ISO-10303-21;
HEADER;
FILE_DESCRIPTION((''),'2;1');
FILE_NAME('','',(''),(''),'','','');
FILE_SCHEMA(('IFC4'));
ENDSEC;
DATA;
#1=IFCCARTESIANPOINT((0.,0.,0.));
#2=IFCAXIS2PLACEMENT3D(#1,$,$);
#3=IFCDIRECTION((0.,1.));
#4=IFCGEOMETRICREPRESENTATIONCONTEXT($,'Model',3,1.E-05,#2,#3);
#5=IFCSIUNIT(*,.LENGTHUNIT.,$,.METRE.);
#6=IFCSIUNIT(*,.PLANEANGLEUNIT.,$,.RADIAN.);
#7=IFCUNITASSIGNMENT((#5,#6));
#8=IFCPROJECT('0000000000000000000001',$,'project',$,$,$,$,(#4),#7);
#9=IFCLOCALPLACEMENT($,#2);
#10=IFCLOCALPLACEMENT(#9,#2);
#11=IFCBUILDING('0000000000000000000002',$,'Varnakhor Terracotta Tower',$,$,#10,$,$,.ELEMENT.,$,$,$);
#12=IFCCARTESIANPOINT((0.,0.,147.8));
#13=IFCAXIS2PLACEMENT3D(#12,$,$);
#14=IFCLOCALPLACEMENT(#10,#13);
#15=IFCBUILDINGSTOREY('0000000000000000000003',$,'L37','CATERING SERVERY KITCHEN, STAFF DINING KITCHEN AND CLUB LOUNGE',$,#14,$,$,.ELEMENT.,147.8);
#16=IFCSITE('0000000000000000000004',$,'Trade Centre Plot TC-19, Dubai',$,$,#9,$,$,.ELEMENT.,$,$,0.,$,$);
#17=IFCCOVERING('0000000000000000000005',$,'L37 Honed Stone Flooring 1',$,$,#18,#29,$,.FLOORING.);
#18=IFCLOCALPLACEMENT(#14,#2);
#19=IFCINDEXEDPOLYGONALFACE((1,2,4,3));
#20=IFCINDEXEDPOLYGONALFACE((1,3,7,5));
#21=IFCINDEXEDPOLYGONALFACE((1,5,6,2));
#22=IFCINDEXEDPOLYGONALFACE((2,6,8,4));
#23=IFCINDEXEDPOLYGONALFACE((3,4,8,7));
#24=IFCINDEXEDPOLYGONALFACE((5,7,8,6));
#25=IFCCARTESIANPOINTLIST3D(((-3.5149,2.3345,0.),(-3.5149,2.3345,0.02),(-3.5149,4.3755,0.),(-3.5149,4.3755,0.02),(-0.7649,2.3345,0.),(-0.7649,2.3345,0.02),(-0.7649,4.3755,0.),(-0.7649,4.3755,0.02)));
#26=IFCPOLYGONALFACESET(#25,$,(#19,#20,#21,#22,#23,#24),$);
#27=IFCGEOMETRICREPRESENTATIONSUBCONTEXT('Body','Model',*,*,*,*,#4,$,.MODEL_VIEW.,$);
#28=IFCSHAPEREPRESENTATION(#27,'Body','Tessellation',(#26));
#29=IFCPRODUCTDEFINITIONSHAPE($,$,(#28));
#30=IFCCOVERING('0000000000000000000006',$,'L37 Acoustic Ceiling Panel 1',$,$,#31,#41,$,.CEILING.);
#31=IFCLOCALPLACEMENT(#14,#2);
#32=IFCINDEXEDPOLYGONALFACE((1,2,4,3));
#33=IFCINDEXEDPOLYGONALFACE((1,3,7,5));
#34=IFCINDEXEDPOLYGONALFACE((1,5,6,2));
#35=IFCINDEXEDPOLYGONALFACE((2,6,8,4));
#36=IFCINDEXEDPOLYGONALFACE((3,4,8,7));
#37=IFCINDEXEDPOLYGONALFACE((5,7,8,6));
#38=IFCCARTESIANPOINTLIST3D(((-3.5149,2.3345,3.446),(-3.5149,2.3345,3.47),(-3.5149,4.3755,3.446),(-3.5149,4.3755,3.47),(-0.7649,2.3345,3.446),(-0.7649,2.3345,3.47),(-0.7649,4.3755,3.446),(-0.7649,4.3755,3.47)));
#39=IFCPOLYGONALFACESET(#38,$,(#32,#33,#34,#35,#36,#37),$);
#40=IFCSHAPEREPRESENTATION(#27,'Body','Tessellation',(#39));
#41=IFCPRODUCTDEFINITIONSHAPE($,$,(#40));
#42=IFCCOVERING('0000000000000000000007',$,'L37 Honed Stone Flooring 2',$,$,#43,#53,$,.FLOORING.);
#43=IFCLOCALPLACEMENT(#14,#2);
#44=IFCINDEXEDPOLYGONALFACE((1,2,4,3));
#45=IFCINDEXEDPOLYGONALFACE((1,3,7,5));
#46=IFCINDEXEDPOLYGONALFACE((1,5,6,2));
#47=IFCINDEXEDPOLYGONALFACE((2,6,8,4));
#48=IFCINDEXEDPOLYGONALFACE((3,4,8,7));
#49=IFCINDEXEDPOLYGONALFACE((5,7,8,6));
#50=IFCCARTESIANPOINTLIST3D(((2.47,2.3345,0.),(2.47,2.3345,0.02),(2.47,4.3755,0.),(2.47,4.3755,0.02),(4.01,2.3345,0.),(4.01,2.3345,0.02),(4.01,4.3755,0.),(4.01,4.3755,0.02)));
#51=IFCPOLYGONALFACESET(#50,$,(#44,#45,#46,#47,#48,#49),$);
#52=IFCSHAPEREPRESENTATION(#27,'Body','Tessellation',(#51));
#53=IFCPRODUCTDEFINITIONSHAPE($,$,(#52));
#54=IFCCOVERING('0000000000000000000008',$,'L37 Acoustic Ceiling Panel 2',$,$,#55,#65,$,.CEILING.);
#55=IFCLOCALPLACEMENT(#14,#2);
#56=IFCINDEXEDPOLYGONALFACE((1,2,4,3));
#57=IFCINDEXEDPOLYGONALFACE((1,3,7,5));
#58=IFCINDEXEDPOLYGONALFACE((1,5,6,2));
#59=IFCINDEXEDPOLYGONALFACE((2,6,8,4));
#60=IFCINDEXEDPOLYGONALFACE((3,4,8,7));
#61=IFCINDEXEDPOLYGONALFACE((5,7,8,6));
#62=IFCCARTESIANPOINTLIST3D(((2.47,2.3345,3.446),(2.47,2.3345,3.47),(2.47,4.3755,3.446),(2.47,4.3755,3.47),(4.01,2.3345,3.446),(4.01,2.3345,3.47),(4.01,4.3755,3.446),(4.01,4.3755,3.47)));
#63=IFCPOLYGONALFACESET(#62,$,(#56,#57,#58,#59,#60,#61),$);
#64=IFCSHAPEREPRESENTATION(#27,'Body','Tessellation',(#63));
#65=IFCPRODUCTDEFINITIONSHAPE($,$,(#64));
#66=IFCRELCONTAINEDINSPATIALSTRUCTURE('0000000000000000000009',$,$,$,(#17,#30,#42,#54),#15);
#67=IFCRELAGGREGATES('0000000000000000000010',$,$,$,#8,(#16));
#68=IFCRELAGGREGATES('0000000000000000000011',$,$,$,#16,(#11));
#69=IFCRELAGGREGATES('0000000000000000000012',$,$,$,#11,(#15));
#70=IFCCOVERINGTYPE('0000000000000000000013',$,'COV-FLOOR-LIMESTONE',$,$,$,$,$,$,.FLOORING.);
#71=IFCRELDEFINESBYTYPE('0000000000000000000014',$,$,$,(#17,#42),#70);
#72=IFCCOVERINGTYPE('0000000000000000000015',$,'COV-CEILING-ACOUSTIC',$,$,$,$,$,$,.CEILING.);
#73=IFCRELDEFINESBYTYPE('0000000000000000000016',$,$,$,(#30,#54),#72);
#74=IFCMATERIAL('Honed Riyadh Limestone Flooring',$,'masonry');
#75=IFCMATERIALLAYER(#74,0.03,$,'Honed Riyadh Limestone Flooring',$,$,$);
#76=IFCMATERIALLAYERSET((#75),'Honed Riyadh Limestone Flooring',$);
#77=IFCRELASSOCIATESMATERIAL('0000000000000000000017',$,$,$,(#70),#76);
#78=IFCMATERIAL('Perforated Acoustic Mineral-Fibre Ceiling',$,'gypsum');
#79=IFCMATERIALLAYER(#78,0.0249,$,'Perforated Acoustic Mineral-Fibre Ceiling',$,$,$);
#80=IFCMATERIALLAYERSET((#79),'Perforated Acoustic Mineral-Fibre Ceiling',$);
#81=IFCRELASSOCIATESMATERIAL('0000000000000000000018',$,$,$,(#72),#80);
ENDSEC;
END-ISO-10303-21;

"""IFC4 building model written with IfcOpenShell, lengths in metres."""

from ifc_helpers import new_model, si_unit, direction, frame, origin, origin_2d, place, context, subcontext, project, spatial, rectangle, extrude, source, transform, mapped, material, layer, layer_set, type_object, element, save


model = new_model("IFC4")

# Units and contexts
model_context = context("Model", 3, precision=1e-05, world=origin(), true_north=direction((0.0, 1.0)))
body_context = subcontext(model_context, "Body", "Model", "MODEL_VIEW")
ifc_project = project(units=[si_unit("LENGTHUNIT", "METRE"), si_unit("PLANEANGLEUNIT", "RADIAN")], contexts=[model_context])

# Site, building, storey
site_placement = place(None, origin())
site = spatial("IfcSite", under=ifc_project, at=site_placement, Name="Trade Centre Plot TC-19, Dubai", CompositionType="ELEMENT", RefElevation=0.0)
building_placement = place(site_placement, origin())
building = spatial("IfcBuilding", under=site, at=building_placement, Name="Varnakhor Terracotta Tower", CompositionType="ELEMENT")
storey_placement = place(building_placement, frame((0.0, 0.0, 147.8)))
storey = spatial("IfcBuildingStorey", under=building, at=storey_placement, Name="L37", Description="CATERING SERVERY KITCHEN, STAFF DINING KITCHEN AND CLUB LOUNGE", CompositionType="ELEMENT", Elevation=147.8)

# Coverings
ifc_material_1 = material(Name="Honed Riyadh Limestone Flooring", Category="masonry")
ifc_layer_1 = layer(ifc_material_1, 0.03, Name="Honed Riyadh Limestone Flooring")
ifc_layer_set_1 = layer_set([ifc_layer_1], Name="Honed Riyadh Limestone Flooring")
covering_type_1 = type_object("IfcCoveringType", Name="COV-FLOOR-LIMESTONE", PredefinedType="FLOORING", material=ifc_layer_set_1)
shared_shape_1 = source(origin(), body_context, "Body", "SweptSolid", [
    extrude(rectangle(XDim=2.75, YDim=2.041, at=origin_2d()), origin(), (0.0, 0.0, 1.0), 0.02),
])
covering_1_placement = place(storey_placement, frame((-2.1399, 3.355, 0.0), z_axis=(0.0, 0.0, 1.0), x_axis=(1.0, 0.0, 0.0)))
element("IfcCovering", 1, at=covering_1_placement, inside=storey, type_object=covering_type_1, Name="L37 Honed Stone Flooring 1", PredefinedType="FLOORING", context=body_context, shape_type="MappedRepresentation", body=[
    mapped(shared_shape_1, transform((0.0, 0.0, 0.0), scale=1.0)),
])
ifc_material_2 = material(Name="Perforated Acoustic Mineral-Fibre Ceiling", Category="gypsum")
ifc_layer_2 = layer(ifc_material_2, 0.0249, Name="Perforated Acoustic Mineral-Fibre Ceiling")
ifc_layer_set_2 = layer_set([ifc_layer_2], Name="Perforated Acoustic Mineral-Fibre Ceiling")
covering_type_2 = type_object("IfcCoveringType", Name="COV-CEILING-ACOUSTIC", PredefinedType="CEILING", material=ifc_layer_set_2)
shared_shape_2 = source(origin(), body_context, "Body", "SweptSolid", [
    extrude(rectangle(XDim=2.75, YDim=2.041, at=origin_2d()), origin(), (0.0, 0.0, 1.0), 0.0239),
])
covering_2_placement = place(storey_placement, frame((-2.1399, 3.355, 3.446), z_axis=(0.0, 0.0, 1.0), x_axis=(1.0, 0.0, 0.0)))
element("IfcCovering", 2, at=covering_2_placement, inside=storey, type_object=covering_type_2, Name="L37 Acoustic Ceiling Panel 1", PredefinedType="CEILING", context=body_context, shape_type="MappedRepresentation", body=[
    mapped(shared_shape_2, transform((0.0, 0.0, 0.0), scale=1.0)),
])
shared_shape_3 = source(origin(), body_context, "Body", "SweptSolid", [
    extrude(rectangle(XDim=1.54, YDim=2.041, at=origin_2d()), origin(), (0.0, 0.0, 1.0), 0.02),
])
covering_3_placement = place(storey_placement, frame((3.24, 3.355, 0.0), z_axis=(0.0, 0.0, 1.0), x_axis=(1.0, 0.0, 0.0)))
element("IfcCovering", 3, at=covering_3_placement, inside=storey, type_object=covering_type_1, Name="L37 Honed Stone Flooring 2", PredefinedType="FLOORING", context=body_context, shape_type="MappedRepresentation", body=[
    mapped(shared_shape_3, transform((0.0, 0.0, 0.0), scale=1.0)),
])
shared_shape_4 = source(origin(), body_context, "Body", "SweptSolid", [
    extrude(rectangle(XDim=1.54, YDim=2.041, at=origin_2d()), origin(), (0.0, 0.0, 1.0), 0.0239),
])
covering_4_placement = place(storey_placement, frame((3.24, 3.355, 3.446), z_axis=(0.0, 0.0, 1.0), x_axis=(1.0, 0.0, 0.0)))
element("IfcCovering", 4, at=covering_4_placement, inside=storey, type_object=covering_type_2, Name="L37 Acoustic Ceiling Panel 2", PredefinedType="CEILING", context=body_context, shape_type="MappedRepresentation", body=[
    mapped(shared_shape_4, transform((0.0, 0.0, 0.0), scale=1.0)),
])

save(model, "model.ifc")
